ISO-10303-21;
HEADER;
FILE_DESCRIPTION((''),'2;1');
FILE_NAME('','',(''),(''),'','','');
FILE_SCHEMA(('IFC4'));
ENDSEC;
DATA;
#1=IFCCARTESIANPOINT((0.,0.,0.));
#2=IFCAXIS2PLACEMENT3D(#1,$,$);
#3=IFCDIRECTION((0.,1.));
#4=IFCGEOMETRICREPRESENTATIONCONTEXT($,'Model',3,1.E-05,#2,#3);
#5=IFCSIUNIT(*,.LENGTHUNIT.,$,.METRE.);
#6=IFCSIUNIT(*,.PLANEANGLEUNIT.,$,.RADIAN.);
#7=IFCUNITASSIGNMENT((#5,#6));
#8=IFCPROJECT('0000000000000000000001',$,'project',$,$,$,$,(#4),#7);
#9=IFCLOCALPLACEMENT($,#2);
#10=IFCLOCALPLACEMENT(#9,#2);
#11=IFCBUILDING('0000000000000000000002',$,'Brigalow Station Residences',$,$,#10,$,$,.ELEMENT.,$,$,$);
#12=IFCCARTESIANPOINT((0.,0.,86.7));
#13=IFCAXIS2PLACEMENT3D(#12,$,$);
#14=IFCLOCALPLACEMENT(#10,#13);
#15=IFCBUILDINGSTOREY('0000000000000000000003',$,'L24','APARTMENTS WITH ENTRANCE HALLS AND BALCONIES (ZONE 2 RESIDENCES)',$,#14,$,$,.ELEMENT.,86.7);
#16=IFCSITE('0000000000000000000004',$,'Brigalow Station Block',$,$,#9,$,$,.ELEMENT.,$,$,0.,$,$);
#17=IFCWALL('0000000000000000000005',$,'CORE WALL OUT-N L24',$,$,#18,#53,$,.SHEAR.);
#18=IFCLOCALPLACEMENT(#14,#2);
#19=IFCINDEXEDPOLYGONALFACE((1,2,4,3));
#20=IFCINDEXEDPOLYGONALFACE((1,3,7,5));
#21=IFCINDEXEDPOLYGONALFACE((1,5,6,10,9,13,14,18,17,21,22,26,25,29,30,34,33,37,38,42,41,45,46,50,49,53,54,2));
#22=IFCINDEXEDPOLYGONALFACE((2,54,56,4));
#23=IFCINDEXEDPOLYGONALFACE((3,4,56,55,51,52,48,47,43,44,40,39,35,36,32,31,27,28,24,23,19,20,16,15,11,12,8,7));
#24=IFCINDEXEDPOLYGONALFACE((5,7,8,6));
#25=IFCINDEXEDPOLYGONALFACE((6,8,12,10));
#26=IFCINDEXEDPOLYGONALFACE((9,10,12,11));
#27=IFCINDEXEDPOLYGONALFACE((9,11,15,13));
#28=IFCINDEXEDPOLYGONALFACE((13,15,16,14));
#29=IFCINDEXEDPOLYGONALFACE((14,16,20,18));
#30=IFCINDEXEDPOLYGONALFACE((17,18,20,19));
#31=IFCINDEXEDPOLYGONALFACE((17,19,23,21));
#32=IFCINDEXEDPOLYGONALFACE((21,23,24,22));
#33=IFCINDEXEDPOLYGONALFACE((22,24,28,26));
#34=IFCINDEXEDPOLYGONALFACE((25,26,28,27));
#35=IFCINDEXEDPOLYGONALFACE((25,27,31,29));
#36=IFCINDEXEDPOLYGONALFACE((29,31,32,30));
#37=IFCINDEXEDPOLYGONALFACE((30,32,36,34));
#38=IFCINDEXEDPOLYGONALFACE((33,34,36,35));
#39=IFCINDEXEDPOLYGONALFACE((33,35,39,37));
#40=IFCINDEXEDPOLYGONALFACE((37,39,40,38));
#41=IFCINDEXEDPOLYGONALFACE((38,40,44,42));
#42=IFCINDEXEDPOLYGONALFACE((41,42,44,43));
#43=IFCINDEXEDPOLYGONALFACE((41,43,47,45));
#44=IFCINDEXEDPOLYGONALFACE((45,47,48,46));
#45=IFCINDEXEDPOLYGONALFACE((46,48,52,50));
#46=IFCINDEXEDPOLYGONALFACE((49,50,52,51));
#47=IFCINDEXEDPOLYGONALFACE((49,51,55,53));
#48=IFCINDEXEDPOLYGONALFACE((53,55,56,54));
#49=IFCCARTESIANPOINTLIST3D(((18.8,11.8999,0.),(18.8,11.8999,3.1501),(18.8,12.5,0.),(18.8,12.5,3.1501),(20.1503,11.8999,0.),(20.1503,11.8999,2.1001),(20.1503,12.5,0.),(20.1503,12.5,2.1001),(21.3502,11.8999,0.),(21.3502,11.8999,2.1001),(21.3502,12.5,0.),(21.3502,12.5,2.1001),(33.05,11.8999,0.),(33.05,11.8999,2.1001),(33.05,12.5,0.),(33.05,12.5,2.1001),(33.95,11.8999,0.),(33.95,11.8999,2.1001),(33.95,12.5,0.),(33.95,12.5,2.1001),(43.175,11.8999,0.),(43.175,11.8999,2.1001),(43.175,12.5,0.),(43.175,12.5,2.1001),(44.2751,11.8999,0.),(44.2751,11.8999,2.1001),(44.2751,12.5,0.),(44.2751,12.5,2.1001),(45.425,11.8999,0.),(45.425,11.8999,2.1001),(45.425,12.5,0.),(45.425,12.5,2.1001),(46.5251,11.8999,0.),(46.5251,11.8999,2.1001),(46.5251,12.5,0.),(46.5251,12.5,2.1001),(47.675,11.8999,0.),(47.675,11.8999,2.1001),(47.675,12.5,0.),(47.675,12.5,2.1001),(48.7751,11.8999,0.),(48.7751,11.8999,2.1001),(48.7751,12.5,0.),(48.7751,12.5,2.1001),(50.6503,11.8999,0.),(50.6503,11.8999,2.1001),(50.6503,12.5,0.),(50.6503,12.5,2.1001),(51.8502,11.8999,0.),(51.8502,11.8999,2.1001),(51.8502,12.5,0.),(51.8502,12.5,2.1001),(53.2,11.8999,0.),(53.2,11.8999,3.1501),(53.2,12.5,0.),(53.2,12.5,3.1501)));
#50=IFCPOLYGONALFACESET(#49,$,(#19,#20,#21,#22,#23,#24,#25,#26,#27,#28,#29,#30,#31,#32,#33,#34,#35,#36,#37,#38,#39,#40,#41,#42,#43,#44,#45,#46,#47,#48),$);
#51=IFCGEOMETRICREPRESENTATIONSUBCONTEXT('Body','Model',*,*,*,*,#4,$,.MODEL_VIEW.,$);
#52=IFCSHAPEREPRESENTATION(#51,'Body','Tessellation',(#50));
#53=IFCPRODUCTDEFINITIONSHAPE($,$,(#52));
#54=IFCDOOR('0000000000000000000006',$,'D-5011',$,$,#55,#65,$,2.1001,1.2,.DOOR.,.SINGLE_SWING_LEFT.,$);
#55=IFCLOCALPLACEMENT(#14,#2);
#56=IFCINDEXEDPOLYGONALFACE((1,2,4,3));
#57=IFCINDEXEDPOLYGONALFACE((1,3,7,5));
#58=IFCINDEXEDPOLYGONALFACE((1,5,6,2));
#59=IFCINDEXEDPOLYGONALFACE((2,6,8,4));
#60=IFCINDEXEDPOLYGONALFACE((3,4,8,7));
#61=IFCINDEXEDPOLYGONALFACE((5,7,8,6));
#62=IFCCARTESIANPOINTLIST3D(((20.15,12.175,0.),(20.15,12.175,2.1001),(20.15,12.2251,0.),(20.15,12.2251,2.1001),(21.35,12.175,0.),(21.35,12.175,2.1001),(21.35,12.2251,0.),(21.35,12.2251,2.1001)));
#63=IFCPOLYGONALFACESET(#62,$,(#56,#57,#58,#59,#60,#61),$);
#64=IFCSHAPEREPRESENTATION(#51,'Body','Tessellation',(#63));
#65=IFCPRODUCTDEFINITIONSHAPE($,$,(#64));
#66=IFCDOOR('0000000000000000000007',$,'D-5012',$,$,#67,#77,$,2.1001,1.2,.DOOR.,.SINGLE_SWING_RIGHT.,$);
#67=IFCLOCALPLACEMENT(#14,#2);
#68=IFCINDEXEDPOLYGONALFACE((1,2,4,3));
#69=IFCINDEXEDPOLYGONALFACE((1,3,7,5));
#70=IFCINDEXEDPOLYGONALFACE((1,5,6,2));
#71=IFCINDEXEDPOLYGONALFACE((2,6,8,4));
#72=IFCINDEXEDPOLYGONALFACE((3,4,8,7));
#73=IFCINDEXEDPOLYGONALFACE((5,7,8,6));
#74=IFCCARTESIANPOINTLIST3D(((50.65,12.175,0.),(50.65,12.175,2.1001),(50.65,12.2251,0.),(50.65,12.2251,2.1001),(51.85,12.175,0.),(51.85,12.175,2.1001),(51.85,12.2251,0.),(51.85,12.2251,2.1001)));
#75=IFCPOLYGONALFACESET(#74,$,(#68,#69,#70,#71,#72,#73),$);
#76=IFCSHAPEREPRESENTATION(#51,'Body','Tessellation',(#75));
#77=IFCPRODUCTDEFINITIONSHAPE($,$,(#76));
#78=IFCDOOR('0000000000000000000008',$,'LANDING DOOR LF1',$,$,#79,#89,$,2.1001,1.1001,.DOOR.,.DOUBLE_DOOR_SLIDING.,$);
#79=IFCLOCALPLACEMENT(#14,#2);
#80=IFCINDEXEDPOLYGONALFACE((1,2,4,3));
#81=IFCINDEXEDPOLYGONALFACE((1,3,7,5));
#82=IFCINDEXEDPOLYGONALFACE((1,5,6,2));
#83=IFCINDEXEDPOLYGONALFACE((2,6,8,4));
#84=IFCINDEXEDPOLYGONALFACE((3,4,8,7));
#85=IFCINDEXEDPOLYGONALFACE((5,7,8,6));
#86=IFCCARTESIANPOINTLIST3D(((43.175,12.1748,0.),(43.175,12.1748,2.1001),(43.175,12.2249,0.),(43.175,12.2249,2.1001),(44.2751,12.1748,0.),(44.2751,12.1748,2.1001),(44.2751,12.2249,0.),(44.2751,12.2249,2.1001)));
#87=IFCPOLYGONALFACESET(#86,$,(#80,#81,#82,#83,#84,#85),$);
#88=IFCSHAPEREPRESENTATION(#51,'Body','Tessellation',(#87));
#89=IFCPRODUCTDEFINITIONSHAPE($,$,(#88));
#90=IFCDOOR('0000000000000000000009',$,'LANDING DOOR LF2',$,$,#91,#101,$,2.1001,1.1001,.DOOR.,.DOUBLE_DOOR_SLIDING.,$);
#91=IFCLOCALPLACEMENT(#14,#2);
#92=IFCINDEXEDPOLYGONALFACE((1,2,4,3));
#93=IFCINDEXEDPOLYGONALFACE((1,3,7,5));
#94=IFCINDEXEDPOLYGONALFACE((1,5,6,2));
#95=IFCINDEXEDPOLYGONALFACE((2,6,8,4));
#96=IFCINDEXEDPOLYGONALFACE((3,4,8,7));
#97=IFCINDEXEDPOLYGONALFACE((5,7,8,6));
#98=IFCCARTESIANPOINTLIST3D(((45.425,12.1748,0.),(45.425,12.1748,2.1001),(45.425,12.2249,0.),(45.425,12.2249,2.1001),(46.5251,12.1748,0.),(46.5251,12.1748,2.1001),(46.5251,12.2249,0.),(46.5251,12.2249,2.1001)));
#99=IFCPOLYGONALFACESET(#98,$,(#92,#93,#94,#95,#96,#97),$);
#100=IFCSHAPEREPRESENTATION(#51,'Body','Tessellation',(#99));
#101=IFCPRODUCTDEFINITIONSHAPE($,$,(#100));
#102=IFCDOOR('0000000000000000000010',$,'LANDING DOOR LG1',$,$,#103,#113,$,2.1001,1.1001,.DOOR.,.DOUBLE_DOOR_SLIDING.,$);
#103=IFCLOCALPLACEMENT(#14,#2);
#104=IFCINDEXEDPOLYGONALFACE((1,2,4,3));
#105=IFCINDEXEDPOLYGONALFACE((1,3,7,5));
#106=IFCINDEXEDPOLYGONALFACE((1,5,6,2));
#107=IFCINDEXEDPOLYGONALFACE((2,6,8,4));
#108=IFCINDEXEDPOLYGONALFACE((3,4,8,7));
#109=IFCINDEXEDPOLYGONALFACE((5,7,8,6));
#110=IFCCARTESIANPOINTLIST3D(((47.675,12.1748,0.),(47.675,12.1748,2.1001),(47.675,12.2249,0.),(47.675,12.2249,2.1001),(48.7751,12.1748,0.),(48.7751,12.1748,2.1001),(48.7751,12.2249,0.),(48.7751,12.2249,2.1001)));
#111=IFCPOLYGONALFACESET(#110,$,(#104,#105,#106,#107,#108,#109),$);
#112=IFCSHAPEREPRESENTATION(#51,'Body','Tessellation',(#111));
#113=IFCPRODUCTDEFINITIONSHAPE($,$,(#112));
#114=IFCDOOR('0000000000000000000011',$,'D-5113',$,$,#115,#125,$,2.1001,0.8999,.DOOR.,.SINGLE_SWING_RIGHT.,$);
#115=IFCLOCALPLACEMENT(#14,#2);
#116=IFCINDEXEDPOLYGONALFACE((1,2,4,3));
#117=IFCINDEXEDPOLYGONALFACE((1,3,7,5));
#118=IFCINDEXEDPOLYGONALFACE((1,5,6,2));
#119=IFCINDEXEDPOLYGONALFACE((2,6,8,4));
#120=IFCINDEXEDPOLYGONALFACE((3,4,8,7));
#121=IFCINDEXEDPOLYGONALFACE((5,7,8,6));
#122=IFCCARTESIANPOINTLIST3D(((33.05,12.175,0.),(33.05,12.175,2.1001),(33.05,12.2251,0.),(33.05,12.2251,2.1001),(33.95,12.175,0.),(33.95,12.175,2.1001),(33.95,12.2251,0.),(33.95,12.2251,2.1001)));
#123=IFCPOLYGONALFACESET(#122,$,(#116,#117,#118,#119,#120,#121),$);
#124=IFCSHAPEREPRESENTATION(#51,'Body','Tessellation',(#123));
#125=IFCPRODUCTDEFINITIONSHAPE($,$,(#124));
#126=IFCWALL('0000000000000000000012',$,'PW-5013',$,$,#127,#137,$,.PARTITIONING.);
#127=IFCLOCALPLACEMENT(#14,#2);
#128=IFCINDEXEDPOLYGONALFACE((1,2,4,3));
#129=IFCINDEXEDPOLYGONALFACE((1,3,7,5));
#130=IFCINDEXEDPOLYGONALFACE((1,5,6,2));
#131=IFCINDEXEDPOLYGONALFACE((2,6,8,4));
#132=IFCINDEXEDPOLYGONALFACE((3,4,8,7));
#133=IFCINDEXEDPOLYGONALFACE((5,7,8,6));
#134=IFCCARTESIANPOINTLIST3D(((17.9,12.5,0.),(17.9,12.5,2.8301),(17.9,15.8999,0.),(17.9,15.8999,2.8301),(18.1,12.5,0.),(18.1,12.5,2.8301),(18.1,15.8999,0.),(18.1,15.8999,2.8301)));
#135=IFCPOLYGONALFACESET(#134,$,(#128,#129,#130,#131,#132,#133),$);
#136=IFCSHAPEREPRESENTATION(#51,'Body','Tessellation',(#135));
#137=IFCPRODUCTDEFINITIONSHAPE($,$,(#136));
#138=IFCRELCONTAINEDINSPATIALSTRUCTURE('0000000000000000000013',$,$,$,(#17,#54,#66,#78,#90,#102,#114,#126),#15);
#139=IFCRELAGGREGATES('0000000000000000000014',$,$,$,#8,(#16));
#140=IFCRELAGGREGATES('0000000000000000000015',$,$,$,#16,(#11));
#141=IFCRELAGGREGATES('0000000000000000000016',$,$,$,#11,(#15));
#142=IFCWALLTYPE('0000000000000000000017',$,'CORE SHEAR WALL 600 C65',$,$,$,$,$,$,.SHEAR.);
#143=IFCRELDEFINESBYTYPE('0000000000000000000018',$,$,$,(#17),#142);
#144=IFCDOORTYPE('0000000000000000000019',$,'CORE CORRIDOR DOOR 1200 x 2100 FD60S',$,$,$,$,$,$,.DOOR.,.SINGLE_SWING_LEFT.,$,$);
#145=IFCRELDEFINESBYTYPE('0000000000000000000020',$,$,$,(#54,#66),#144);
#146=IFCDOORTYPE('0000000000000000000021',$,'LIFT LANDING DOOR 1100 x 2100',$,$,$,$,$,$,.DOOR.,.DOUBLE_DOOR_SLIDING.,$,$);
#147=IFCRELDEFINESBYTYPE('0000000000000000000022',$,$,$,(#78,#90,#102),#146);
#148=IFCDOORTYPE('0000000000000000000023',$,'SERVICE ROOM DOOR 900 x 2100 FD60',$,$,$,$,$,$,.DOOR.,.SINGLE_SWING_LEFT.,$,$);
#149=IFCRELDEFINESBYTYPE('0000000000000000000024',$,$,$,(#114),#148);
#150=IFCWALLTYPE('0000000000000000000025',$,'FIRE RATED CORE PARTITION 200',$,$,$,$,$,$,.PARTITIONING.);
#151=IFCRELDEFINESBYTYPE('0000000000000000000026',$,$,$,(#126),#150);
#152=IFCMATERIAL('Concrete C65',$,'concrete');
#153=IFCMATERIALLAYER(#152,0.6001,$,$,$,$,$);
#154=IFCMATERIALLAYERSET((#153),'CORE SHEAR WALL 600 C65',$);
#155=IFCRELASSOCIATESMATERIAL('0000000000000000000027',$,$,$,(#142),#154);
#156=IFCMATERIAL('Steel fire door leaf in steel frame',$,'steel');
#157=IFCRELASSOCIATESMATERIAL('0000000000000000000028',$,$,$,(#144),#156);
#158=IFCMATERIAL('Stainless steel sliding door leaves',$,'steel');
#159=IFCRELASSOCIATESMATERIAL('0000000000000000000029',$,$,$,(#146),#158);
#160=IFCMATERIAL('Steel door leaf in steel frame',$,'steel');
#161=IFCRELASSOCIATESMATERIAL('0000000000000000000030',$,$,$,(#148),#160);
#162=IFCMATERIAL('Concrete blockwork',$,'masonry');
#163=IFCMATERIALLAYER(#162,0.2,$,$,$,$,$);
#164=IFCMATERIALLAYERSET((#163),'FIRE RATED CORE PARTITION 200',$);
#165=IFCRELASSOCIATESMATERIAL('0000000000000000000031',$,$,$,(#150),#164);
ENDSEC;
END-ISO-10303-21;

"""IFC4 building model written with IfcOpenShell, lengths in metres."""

from ifc_helpers import new_model, si_unit, direction, frame, frame_2d, origin, place, context, subcontext, project, spatial, rectangle, extrude, material, layer, layer_set, type_object, element, fill, save


model = new_model("IFC4")

# Units and contexts
model_context = context("Model", 3, precision=1e-05, world=origin(), true_north=direction((0.0, 1.0)))
body_context = subcontext(model_context, "Body", "Model", "MODEL_VIEW")
ifc_project = project(units=[si_unit("LENGTHUNIT", "METRE"), si_unit("PLANEANGLEUNIT", "RADIAN")], contexts=[model_context])

# Site, building, storey
site_placement = place(None, origin())
site = spatial("IfcSite", under=ifc_project, at=site_placement, Name="Brigalow Station Block", CompositionType="ELEMENT", RefElevation=0.0)
building_placement = place(site_placement, origin())
building = spatial("IfcBuilding", under=site, at=building_placement, Name="Brigalow Station Residences", CompositionType="ELEMENT")
storey_placement = place(building_placement, frame((0.0, 0.0, 86.7)))
storey = spatial("IfcBuildingStorey", under=building, at=storey_placement, Name="L24", Description="APARTMENTS WITH ENTRANCE HALLS AND BALCONIES (ZONE 2 RESIDENCES)", CompositionType="ELEMENT", Elevation=86.7)

# Wall, openings, doors
ifc_material_1 = material(Name="Concrete C65", Category="concrete")
ifc_layer_1 = layer(ifc_material_1, 0.6001)
ifc_layer_set_1 = layer_set([ifc_layer_1], Name="CORE SHEAR WALL 600 C65")
wall_type_1 = type_object("IfcWallType", Name="CORE SHEAR WALL 600 C65", PredefinedType="SHEAR", material=ifc_layer_set_1)
wall_1_placement = place(storey_placement, frame((18.8, 12.2, 0.0), z_axis=(0.0, 0.0, 1.0), x_axis=(1.0, 0.0, 0.0)))
wall_1 = element("IfcWall", 1, at=wall_1_placement, inside=storey, type_object=wall_type_1, Name="CORE WALL OUT-N L24", PredefinedType="SHEAR", context=body_context, shape_type="SweptSolid", body=[
    extrude(rectangle(XDim=34.3999, YDim=0.6001, at=frame_2d((17.2, 0.0))), origin(), (0.0, 0.0, 1.0), 3.1501),
])
opening_1_placement = place(wall_1_placement, frame((24.375, 0.0, 0.0)))
opening_1 = element("IfcOpeningElement", 2, at=opening_1_placement, cuts=wall_1, PredefinedType="OPENING", context=body_context, shape_type="SweptSolid", body=[
    extrude(rectangle(XDim=1.1001, YDim=2.1001, at=frame_2d((0.55, 1.05))), frame((0.0, 0.3101, 0.0), z_axis=(0.0, -1.0, 0.0), x_axis=(1.0, 0.0, 0.0)), (0.0, 0.0, 1.0), 0.6201),
])
opening_2_placement = place(wall_1_placement, frame((26.625, 0.0, 0.0)))
opening_2 = element("IfcOpeningElement", 3, at=opening_2_placement, cuts=wall_1, PredefinedType="OPENING", context=body_context, shape_type="SweptSolid", body=[
    extrude(rectangle(XDim=1.1001, YDim=2.1001, at=frame_2d((0.55, 1.05))), frame((0.0, 0.3101, 0.0), z_axis=(0.0, -1.0, 0.0), x_axis=(1.0, 0.0, 0.0)), (0.0, 0.0, 1.0), 0.6201),
])
opening_3_placement = place(wall_1_placement, frame((28.875, 0.0, 0.0)))
opening_3 = element("IfcOpeningElement", 4, at=opening_3_placement, cuts=wall_1, PredefinedType="OPENING", context=body_context, shape_type="SweptSolid", body=[
    extrude(rectangle(XDim=1.1001, YDim=2.1001, at=frame_2d((0.55, 1.05))), frame((0.0, 0.3101, 0.0), z_axis=(0.0, -1.0, 0.0), x_axis=(1.0, 0.0, 0.0)), (0.0, 0.0, 1.0), 0.6201),
])
opening_4_placement = place(wall_1_placement, frame((14.25, 0.0, 0.0)))
opening_4 = element("IfcOpeningElement", 5, at=opening_4_placement, cuts=wall_1, PredefinedType="OPENING", context=body_context, shape_type="SweptSolid", body=[
    extrude(rectangle(XDim=0.8999, YDim=2.1001, at=frame_2d((0.45, 1.05))), frame((0.0, 0.3101, 0.0), z_axis=(0.0, -1.0, 0.0), x_axis=(1.0, 0.0, 0.0)), (0.0, 0.0, 1.0), 0.6201),
])
opening_5_placement = place(wall_1_placement, frame((1.3501, 0.0, 0.0)))
opening_5 = element("IfcOpeningElement", 6, at=opening_5_placement, cuts=wall_1, PredefinedType="OPENING", context=body_context, shape_type="SweptSolid", body=[
    extrude(rectangle(XDim=1.2, YDim=2.1001, at=frame_2d((0.6001, 1.05))), frame((0.0, 0.3101, 0.0), z_axis=(0.0, -1.0, 0.0), x_axis=(1.0, 0.0, 0.0)), (0.0, 0.0, 1.0), 0.6201),
])
opening_6_placement = place(wall_1_placement, frame((31.8501, 0.0, 0.0)))
opening_6 = element("IfcOpeningElement", 7, at=opening_6_placement, cuts=wall_1, PredefinedType="OPENING", context=body_context, shape_type="SweptSolid", body=[
    extrude(rectangle(XDim=1.2, YDim=2.1001, at=frame_2d((0.6001, 1.05))), frame((0.0, 0.3101, 0.0), z_axis=(0.0, -1.0, 0.0), x_axis=(1.0, 0.0, 0.0)), (0.0, 0.0, 1.0), 0.6201),
])
ifc_material_2 = material(Name="Steel fire door leaf in steel frame", Category="steel")
door_type_1 = type_object("IfcDoorType", Name="CORE CORRIDOR DOOR 1200 x 2100 FD60S", OperationType="SINGLE_SWING_LEFT", PredefinedType="DOOR", material=ifc_material_2)
door_1_placement = place(opening_5_placement, frame((1.2, 0.0, 0.0), z_axis=(0.0, 0.0, 1.0), x_axis=(-1.0, 0.0, 0.0)))
door_1 = element("IfcDoor", 8, at=door_1_placement, inside=storey, type_object=door_type_1, Name="D-5011", OperationType="SINGLE_SWING_LEFT", OverallHeight=2.1001, OverallWidth=1.2, PredefinedType="DOOR", context=body_context, shape_type="SweptSolid", body=[
    extrude(rectangle(XDim=1.2, YDim=2.1001, at=frame_2d((0.6001, 1.05))), frame((0.0, 0.0249, 0.0), z_axis=(0.0, -1.0, 0.0), x_axis=(1.0, 0.0, 0.0)), (0.0, 0.0, 1.0), 0.05),
])
fill(opening_5, door_1)
door_2_placement = place(opening_6_placement, frame((1.2, 0.0, 0.0), z_axis=(0.0, 0.0, 1.0), x_axis=(-1.0, 0.0, 0.0)))
door_2 = element("IfcDoor", 9, at=door_2_placement, inside=storey, type_object=door_type_1, Name="D-5012", OperationType="SINGLE_SWING_RIGHT", OverallHeight=2.1001, OverallWidth=1.2, PredefinedType="DOOR", context=body_context, shape_type="SweptSolid", body=[
    extrude(rectangle(XDim=1.2, YDim=2.1001, at=frame_2d((0.6001, 1.05))), frame((0.0, 0.0249, 0.0), z_axis=(0.0, -1.0, 0.0), x_axis=(1.0, 0.0, 0.0)), (0.0, 0.0, 1.0), 0.05),
])
fill(opening_6, door_2)
ifc_material_3 = material(Name="Stainless steel sliding door leaves", Category="steel")
door_type_2 = type_object("IfcDoorType", Name="LIFT LANDING DOOR 1100 x 2100", OperationType="DOUBLE_DOOR_SLIDING", PredefinedType="DOOR", material=ifc_material_3)
door_3_placement = place(opening_1_placement, origin())
door_3 = element("IfcDoor", 10, at=door_3_placement, inside=storey, type_object=door_type_2, Name="LANDING DOOR LF1", OperationType="DOUBLE_DOOR_SLIDING", OverallHeight=2.1001, OverallWidth=1.1001, PredefinedType="DOOR", context=body_context, shape_type="SweptSolid", body=[
    extrude(rectangle(XDim=1.1001, YDim=2.1001, at=frame_2d((0.55, 1.05))), frame((0.0, 0.0249, 0.0), z_axis=(0.0, -1.0, 0.0), x_axis=(1.0, 0.0, 0.0)), (0.0, 0.0, 1.0), 0.05),
])
fill(opening_1, door_3)
door_4_placement = place(opening_2_placement, origin())
door_4 = element("IfcDoor", 11, at=door_4_placement, inside=storey, type_object=door_type_2, Name="LANDING DOOR LF2", OperationType="DOUBLE_DOOR_SLIDING", OverallHeight=2.1001, OverallWidth=1.1001, PredefinedType="DOOR", context=body_context, shape_type="SweptSolid", body=[
    extrude(rectangle(XDim=1.1001, YDim=2.1001, at=frame_2d((0.55, 1.05))), frame((0.0, 0.0249, 0.0), z_axis=(0.0, -1.0, 0.0), x_axis=(1.0, 0.0, 0.0)), (0.0, 0.0, 1.0), 0.05),
])
fill(opening_2, door_4)
door_5_placement = place(opening_3_placement, origin())
door_5 = element("IfcDoor", 12, at=door_5_placement, inside=storey, type_object=door_type_2, Name="LANDING DOOR LG1", OperationType="DOUBLE_DOOR_SLIDING", OverallHeight=2.1001, OverallWidth=1.1001, PredefinedType="DOOR", context=body_context, shape_type="SweptSolid", body=[
    extrude(rectangle(XDim=1.1001, YDim=2.1001, at=frame_2d((0.55, 1.05))), frame((0.0, 0.0249, 0.0), z_axis=(0.0, -1.0, 0.0), x_axis=(1.0, 0.0, 0.0)), (0.0, 0.0, 1.0), 0.05),
])
fill(opening_3, door_5)
ifc_material_4 = material(Name="Steel door leaf in steel frame", Category="steel")
door_type_3 = type_object("IfcDoorType", Name="SERVICE ROOM DOOR 900 x 2100 FD60", OperationType="SINGLE_SWING_LEFT", PredefinedType="DOOR", material=ifc_material_4)
door_6_placement = place(opening_4_placement, frame((0.8999, 0.0, 0.0), z_axis=(0.0, 0.0, 1.0), x_axis=(-1.0, 0.0, 0.0)))
door_6 = element("IfcDoor", 13, at=door_6_placement, inside=storey, type_object=door_type_3, Name="D-5113", OperationType="SINGLE_SWING_RIGHT", OverallHeight=2.1001, OverallWidth=0.8999, PredefinedType="DOOR", context=body_context, shape_type="SweptSolid", body=[
    extrude(rectangle(XDim=0.8999, YDim=2.1001, at=frame_2d((0.45, 1.05))), frame((0.0, 0.0249, 0.0), z_axis=(0.0, -1.0, 0.0), x_axis=(1.0, 0.0, 0.0)), (0.0, 0.0, 1.0), 0.05),
])
fill(opening_4, door_6)

# Wall
ifc_material_5 = material(Name="Concrete blockwork", Category="masonry")
ifc_layer_2 = layer(ifc_material_5, 0.2)
ifc_layer_set_2 = layer_set([ifc_layer_2], Name="FIRE RATED CORE PARTITION 200")
wall_type_2 = type_object("IfcWallType", Name="FIRE RATED CORE PARTITION 200", PredefinedType="PARTITIONING", material=ifc_layer_set_2)
wall_2_placement = place(storey_placement, frame((18.0, 12.5, 0.0), z_axis=(0.0, 0.0, 1.0), x_axis=(0.0, 1.0, 0.0)))
element("IfcWall", 14, at=wall_2_placement, inside=storey, type_object=wall_type_2, Name="PW-5013", PredefinedType="PARTITIONING", context=body_context, shape_type="SweptSolid", body=[
    extrude(rectangle(XDim=3.3999, YDim=0.2, at=frame_2d((1.7, 0.0))), origin(), (0.0, 0.0, 1.0), 2.8301),
])

save(model, "model.ifc")
